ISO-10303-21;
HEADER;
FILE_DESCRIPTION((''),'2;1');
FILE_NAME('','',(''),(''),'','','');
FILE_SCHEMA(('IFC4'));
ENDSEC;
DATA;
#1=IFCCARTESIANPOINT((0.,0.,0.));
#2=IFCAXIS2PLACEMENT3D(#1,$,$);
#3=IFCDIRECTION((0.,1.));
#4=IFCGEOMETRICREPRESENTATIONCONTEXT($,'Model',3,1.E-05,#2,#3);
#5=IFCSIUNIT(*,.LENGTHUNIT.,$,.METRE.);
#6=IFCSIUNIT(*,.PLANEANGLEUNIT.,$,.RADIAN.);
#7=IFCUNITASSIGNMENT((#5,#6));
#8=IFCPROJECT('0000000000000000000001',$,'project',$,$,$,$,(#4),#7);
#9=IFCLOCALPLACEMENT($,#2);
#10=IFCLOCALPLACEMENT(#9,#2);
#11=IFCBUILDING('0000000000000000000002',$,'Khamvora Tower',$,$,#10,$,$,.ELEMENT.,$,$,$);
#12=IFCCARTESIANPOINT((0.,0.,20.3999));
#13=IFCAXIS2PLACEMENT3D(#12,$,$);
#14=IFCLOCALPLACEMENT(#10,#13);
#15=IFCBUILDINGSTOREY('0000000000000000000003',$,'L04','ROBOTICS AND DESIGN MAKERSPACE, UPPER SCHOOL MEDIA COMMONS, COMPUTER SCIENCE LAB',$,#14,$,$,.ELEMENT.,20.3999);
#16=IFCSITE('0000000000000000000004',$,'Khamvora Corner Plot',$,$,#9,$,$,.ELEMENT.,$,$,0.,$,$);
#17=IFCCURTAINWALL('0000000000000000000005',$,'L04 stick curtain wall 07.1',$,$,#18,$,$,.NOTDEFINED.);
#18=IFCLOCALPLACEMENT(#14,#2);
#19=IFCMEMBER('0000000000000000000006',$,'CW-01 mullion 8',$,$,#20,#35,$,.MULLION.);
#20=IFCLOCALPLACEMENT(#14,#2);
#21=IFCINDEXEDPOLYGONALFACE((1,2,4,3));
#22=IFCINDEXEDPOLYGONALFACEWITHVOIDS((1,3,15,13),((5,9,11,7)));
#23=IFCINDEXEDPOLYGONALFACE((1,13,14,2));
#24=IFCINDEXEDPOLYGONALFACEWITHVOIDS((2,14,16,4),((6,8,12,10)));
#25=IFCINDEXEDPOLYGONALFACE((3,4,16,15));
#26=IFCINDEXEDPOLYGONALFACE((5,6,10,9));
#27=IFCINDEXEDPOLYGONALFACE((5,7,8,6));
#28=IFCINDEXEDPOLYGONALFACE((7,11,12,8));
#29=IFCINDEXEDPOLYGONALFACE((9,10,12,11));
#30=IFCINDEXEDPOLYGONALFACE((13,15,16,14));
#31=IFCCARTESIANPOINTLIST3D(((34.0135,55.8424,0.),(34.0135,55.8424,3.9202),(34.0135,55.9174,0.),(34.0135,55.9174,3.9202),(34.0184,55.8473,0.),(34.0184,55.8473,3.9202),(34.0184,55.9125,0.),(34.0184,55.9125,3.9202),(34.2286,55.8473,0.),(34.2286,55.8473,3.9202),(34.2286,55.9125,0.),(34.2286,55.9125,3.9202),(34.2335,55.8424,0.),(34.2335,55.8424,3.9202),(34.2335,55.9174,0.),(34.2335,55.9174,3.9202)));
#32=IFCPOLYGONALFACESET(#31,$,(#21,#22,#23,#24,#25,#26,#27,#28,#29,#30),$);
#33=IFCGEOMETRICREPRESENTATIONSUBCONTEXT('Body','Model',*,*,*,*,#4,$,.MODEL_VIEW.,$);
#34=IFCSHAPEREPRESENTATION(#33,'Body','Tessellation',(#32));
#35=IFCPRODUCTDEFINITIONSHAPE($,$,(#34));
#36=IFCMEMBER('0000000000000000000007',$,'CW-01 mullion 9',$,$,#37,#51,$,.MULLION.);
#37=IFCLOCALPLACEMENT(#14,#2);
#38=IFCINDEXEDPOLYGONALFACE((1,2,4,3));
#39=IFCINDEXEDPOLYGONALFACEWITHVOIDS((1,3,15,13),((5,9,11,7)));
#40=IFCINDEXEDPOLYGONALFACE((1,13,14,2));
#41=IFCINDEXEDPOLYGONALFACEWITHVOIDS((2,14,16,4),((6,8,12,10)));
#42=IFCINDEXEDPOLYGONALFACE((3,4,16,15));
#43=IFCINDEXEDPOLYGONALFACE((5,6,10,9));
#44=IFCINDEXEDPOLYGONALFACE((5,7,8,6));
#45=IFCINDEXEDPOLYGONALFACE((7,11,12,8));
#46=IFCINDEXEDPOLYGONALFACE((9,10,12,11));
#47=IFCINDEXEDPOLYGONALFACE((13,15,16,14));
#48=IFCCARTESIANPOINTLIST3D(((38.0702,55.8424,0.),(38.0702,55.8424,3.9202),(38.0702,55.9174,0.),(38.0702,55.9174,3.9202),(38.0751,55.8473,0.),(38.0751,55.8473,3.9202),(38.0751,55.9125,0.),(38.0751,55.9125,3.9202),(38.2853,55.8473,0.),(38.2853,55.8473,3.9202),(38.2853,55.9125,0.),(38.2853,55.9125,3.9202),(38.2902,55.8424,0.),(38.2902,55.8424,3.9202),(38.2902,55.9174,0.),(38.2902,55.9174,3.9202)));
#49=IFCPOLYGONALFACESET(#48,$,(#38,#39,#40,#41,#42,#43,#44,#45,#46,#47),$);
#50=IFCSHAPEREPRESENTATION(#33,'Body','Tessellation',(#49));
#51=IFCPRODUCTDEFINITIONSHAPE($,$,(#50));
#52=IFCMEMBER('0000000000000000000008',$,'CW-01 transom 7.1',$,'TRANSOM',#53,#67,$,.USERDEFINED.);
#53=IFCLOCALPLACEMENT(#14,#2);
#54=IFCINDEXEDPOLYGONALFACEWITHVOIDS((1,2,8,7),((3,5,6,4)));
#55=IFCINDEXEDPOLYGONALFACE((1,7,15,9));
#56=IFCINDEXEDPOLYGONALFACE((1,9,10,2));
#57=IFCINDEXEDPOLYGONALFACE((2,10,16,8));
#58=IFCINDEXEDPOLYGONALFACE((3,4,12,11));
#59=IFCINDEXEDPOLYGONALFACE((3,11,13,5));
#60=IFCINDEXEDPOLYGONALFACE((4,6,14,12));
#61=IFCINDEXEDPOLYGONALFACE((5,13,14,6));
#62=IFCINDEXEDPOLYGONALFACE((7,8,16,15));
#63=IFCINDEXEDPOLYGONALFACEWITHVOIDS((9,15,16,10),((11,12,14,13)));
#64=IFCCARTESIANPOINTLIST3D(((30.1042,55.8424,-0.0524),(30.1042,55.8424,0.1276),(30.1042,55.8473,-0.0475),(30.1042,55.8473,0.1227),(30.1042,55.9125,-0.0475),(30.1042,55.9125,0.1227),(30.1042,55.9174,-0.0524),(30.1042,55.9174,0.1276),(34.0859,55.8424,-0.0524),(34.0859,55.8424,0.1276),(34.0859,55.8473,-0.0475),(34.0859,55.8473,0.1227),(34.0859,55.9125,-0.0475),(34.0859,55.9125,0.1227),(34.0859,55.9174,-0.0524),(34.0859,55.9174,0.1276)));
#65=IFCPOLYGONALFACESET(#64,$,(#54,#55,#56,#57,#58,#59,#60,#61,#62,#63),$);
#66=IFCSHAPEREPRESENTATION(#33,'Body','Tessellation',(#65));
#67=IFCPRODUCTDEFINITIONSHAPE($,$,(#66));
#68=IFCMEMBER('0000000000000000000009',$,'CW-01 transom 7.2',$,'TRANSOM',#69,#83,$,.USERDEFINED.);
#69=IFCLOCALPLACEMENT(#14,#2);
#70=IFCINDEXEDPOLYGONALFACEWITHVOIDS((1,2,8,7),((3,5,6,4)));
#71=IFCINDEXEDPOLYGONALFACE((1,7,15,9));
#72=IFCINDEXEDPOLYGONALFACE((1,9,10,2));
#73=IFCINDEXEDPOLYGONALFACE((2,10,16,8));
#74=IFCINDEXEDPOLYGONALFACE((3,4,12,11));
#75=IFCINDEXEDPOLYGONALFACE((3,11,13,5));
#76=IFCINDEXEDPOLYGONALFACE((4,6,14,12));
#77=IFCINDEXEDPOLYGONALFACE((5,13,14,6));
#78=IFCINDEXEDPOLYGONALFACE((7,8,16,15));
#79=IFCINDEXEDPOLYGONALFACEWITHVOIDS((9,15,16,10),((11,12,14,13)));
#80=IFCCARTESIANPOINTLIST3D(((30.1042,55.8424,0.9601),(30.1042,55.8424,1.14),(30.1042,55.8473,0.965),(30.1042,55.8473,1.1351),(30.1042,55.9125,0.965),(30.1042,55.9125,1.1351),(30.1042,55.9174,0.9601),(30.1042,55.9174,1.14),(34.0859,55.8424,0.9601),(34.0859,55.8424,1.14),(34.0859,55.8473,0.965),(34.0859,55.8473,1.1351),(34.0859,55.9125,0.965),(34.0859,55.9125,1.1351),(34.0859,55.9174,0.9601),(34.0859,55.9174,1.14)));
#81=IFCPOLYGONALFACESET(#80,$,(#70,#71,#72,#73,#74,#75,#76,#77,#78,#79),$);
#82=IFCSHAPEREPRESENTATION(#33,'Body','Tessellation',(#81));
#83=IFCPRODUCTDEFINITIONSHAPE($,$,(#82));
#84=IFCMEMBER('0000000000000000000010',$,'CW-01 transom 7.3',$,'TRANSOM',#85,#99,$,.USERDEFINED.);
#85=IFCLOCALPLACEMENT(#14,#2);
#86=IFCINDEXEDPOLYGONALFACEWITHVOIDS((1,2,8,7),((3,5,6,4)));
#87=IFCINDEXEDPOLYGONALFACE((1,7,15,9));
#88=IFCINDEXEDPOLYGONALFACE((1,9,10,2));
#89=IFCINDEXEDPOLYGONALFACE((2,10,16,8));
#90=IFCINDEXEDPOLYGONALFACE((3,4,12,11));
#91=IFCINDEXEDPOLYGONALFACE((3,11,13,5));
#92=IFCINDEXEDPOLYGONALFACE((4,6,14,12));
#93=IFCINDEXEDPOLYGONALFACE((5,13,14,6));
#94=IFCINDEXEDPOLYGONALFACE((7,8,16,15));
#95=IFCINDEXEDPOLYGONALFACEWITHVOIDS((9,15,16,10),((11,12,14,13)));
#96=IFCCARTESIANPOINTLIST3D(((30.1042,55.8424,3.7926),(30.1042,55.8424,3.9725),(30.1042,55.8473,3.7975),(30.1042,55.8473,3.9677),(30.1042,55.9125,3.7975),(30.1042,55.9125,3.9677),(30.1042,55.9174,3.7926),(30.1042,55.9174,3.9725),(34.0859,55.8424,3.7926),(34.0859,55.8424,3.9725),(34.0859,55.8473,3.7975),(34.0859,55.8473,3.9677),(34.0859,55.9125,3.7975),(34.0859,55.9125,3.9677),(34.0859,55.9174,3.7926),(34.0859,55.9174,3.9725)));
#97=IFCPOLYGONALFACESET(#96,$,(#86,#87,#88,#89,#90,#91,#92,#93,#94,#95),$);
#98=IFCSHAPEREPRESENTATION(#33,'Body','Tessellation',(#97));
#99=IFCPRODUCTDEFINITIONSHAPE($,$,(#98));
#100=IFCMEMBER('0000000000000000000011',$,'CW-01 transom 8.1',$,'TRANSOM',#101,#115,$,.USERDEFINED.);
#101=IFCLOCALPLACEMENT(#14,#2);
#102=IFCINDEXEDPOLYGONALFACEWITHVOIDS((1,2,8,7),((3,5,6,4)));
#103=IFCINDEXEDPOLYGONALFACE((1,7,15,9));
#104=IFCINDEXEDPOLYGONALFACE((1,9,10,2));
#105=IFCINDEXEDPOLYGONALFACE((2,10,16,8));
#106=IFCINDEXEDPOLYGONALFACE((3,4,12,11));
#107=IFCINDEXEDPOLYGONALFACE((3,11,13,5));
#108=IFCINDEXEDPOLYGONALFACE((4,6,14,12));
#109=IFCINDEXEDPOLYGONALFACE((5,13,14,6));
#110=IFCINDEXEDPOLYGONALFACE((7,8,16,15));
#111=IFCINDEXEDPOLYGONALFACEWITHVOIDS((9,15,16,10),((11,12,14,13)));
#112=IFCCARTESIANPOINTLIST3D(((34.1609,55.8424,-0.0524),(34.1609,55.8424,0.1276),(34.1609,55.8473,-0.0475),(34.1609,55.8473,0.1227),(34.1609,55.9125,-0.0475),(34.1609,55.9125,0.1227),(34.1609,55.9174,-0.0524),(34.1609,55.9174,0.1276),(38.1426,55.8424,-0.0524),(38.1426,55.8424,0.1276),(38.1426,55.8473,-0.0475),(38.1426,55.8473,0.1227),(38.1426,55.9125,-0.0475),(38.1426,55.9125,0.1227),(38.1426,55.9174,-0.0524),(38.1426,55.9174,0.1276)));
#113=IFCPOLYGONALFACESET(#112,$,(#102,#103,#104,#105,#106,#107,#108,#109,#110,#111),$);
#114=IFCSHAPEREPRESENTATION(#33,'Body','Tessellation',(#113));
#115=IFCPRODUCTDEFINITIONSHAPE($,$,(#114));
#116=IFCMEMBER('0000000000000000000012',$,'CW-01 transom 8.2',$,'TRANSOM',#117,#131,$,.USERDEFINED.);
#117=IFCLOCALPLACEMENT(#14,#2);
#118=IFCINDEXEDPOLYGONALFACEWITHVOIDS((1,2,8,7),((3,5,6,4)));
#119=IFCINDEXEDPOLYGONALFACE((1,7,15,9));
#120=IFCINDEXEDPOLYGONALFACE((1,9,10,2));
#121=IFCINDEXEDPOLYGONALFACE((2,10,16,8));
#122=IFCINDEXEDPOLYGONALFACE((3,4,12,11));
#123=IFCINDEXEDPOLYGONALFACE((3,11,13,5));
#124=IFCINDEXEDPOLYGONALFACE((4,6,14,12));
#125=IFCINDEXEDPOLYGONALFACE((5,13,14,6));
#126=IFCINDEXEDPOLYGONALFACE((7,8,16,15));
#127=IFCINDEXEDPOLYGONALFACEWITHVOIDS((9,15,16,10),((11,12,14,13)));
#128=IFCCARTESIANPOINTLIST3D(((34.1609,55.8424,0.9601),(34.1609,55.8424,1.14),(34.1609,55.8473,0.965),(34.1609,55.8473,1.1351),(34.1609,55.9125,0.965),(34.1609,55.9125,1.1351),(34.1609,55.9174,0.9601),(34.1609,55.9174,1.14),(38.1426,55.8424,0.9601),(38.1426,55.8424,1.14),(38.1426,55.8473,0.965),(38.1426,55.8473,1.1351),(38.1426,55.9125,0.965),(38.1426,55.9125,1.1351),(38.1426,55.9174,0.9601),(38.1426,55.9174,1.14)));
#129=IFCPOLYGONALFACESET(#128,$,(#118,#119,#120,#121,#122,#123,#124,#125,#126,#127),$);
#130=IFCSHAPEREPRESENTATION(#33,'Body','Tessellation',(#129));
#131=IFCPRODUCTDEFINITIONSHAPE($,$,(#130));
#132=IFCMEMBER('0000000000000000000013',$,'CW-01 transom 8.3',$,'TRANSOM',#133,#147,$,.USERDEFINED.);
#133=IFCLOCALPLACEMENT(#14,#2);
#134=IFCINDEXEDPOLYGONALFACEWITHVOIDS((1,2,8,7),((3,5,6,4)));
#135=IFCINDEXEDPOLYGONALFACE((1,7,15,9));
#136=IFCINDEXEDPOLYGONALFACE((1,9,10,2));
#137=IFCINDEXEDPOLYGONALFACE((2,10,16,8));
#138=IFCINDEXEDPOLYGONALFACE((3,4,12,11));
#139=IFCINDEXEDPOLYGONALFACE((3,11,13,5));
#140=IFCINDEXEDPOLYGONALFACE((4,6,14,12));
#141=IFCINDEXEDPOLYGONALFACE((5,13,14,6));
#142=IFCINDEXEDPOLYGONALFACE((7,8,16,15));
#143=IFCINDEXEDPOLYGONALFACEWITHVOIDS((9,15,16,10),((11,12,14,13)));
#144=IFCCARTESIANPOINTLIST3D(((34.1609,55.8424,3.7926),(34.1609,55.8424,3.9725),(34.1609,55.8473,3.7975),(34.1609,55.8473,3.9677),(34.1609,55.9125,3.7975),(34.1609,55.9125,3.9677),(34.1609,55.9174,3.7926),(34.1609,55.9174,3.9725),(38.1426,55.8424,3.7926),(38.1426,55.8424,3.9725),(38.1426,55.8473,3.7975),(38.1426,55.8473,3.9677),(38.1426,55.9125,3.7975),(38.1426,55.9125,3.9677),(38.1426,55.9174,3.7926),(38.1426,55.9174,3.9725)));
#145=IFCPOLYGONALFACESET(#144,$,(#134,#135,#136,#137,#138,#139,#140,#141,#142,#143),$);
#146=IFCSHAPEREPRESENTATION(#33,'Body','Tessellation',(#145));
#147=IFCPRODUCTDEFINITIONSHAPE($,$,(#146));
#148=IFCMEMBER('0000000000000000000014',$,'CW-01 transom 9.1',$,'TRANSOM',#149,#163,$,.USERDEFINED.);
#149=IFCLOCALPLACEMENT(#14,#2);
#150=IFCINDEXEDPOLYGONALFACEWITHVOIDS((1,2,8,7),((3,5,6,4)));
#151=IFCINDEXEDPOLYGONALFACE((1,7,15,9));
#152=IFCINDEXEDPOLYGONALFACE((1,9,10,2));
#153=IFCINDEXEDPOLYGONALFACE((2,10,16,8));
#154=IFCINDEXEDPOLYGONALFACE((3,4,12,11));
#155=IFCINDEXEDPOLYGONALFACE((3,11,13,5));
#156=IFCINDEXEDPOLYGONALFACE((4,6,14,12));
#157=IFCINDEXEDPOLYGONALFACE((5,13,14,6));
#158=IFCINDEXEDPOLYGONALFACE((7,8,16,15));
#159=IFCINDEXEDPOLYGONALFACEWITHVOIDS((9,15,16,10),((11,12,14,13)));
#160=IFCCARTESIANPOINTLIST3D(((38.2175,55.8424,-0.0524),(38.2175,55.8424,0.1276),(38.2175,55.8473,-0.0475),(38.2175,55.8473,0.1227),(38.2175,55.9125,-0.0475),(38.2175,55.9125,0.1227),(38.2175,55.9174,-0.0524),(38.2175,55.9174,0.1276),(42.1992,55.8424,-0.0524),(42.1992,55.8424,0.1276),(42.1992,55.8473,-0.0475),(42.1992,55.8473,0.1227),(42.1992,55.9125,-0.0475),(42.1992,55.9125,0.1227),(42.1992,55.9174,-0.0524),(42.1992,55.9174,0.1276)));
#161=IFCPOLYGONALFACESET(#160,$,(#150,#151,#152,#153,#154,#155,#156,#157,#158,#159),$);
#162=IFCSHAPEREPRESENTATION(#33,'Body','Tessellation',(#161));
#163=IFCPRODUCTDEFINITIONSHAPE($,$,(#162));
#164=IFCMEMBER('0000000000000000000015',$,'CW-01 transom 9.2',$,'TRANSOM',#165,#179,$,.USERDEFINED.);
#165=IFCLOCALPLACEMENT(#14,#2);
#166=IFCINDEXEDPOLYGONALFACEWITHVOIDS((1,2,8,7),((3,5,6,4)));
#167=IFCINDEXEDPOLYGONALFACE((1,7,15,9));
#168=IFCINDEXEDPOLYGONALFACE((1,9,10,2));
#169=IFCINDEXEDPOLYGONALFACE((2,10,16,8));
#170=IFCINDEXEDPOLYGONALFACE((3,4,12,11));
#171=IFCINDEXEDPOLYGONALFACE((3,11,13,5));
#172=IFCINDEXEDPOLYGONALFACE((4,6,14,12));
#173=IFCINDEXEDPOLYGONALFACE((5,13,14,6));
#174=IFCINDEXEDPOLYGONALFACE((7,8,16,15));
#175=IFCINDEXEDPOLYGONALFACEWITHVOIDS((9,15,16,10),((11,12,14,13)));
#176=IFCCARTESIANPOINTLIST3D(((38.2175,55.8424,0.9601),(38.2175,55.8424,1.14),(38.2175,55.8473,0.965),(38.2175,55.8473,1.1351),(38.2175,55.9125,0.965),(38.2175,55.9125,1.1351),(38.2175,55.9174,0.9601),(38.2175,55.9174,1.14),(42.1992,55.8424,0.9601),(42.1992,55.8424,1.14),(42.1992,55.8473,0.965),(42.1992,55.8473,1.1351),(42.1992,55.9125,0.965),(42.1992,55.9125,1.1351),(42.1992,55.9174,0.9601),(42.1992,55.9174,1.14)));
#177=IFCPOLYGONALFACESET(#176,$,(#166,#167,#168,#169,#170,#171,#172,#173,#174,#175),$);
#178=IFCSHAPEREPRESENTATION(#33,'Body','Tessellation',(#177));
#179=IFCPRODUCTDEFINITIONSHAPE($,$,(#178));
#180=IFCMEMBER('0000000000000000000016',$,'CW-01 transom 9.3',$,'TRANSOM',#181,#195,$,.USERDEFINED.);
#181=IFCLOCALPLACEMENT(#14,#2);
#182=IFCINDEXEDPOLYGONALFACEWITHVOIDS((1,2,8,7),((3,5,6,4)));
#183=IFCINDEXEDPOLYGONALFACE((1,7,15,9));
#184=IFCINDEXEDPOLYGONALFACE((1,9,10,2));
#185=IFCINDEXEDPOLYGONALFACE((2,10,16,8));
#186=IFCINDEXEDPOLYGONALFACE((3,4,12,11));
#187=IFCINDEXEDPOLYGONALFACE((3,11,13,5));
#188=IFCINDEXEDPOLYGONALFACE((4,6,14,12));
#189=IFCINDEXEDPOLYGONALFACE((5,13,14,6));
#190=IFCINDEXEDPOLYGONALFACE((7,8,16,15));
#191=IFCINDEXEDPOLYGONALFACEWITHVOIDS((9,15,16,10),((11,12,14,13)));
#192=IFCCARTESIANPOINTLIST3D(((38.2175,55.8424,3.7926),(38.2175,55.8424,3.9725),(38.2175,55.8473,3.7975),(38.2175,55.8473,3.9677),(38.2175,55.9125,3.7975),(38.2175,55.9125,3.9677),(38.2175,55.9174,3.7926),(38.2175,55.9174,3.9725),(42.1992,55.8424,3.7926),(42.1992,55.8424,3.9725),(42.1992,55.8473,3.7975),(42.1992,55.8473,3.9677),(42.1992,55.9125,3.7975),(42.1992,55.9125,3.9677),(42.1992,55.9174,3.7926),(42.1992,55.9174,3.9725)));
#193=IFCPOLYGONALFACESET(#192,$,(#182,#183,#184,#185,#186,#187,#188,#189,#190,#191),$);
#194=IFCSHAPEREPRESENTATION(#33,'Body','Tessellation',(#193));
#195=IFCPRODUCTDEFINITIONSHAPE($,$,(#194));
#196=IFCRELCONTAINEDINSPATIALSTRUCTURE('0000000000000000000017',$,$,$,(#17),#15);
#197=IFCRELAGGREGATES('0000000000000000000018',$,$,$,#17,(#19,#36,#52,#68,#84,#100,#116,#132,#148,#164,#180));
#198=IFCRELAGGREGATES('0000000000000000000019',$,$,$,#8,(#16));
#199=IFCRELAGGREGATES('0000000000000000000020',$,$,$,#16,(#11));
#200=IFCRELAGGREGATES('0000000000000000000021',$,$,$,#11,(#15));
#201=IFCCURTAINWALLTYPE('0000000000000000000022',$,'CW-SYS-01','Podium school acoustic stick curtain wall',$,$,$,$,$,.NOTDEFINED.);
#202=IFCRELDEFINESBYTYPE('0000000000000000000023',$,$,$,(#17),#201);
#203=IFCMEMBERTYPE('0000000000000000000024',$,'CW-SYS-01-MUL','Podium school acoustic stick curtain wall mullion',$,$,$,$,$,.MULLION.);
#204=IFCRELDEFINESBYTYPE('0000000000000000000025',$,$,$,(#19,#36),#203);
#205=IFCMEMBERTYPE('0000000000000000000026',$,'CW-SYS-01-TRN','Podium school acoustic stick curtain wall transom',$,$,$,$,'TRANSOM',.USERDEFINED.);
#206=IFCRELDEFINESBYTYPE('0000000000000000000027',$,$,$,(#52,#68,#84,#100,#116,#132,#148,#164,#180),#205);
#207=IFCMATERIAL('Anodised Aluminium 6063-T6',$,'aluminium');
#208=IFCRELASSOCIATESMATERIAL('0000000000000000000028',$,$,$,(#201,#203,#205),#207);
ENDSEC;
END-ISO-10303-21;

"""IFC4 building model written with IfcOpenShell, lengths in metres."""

from ifc_helpers import new_model, si_unit, direction, frame, origin, origin_2d, place, context, subcontext, project, spatial, hollow_rectangle, extrude, material, material_profile, profile_set, type_object, element, aggregate, save


model = new_model("IFC4")

# Units and contexts
model_context = context("Model", 3, precision=1e-05, world=origin(), true_north=direction((0.0, 1.0)))
body_context = subcontext(model_context, "Body", "Model", "MODEL_VIEW")
ifc_project = project(units=[si_unit("LENGTHUNIT", "METRE"), si_unit("PLANEANGLEUNIT", "RADIAN")], contexts=[model_context])

# Site, building, storey
site_placement = place(None, origin())
site = spatial("IfcSite", under=ifc_project, at=site_placement, Name="Khamvora Corner Plot", CompositionType="ELEMENT", RefElevation=0.0)
building_placement = place(site_placement, origin())
building = spatial("IfcBuilding", under=site, at=building_placement, Name="Khamvora Tower", CompositionType="ELEMENT")
storey_placement = place(building_placement, frame((0.0, 0.0, 20.3999)))
storey = spatial("IfcBuildingStorey", under=building, at=storey_placement, Name="L04", Description="ROBOTICS AND DESIGN MAKERSPACE, UPPER SCHOOL MEDIA COMMONS, COMPUTER SCIENCE LAB", CompositionType="ELEMENT", Elevation=20.3999)

# Curtain wall, members
ifc_material_1 = material(Name="Anodised Aluminium 6063-T6", Category="aluminium")
curtain_wall_type = type_object("IfcCurtainWallType", Name="CW-SYS-01", Description="Podium school acoustic stick curtain wall", PredefinedType="NOTDEFINED", material=ifc_material_1)
curtain_wall_placement = place(storey_placement, origin())
curtain_wall = element("IfcCurtainWall", 1, at=curtain_wall_placement, inside=storey, type_object=curtain_wall_type, Name="L04 stick curtain wall 07.1", PredefinedType="NOTDEFINED")
ifc_material_profile_1 = material_profile(ifc_material_1, hollow_rectangle(XDim=0.075, YDim=0.22, WallThickness=0.0049, at=origin_2d()), Name="MUL75x220x5")
ifc_profile_set_1 = profile_set([ifc_material_profile_1], Name="Anodised Aluminium 6063-T6")
member_type_1 = type_object("IfcMemberType", Name="CW-SYS-01-MUL", Description="Podium school acoustic stick curtain wall mullion", PredefinedType="MULLION", material=ifc_profile_set_1)
member_1_placement = place(storey_placement, frame((34.1235, 55.8799, 0.0), z_axis=(0.0, 0.0, 1.0), x_axis=(0.0, 1.0, 0.0)))
member_1 = element("IfcMember", 2, at=member_1_placement, type_object=member_type_1, Name="CW-01 mullion 8", PredefinedType="MULLION", context=body_context, shape_type="SweptSolid", body=[
    extrude(hollow_rectangle(XDim=0.075, YDim=0.22, WallThickness=0.0049, at=origin_2d()), origin(), (0.0, 0.0, 1.0), 3.9202),
])
member_2_placement = place(storey_placement, frame((38.1802, 55.8799, 0.0), z_axis=(0.0, 0.0, 1.0), x_axis=(0.0, 1.0, 0.0)))
member_2 = element("IfcMember", 3, at=member_2_placement, type_object=member_type_1, Name="CW-01 mullion 9", PredefinedType="MULLION", context=body_context, shape_type="SweptSolid", body=[
    extrude(hollow_rectangle(XDim=0.075, YDim=0.22, WallThickness=0.0049, at=origin_2d()), origin(), (0.0, 0.0, 1.0), 3.9202),
])
ifc_material_profile_2 = material_profile(ifc_material_1, hollow_rectangle(XDim=0.075, YDim=0.1799, WallThickness=0.0049, at=origin_2d()), Name="TRN75x180x5")
ifc_profile_set_2 = profile_set([ifc_material_profile_2], Name="Anodised Aluminium 6063-T6")
member_type_2 = type_object("IfcMemberType", Name="CW-SYS-01-TRN", Description="Podium school acoustic stick curtain wall transom", ElementType="TRANSOM", PredefinedType="USERDEFINED", material=ifc_profile_set_2)
member_3_placement = place(storey_placement, frame((30.1042, 55.8799, 0.0376), z_axis=(1.0, 0.0, 0.0), x_axis=(0.0, 1.0, 0.0)))
member_3 = element("IfcMember", 4, at=member_3_placement, type_object=member_type_2, Name="CW-01 transom 7.1", ObjectType="TRANSOM", PredefinedType="USERDEFINED", context=body_context, shape_type="SweptSolid", body=[
    extrude(hollow_rectangle(XDim=0.075, YDim=0.1799, WallThickness=0.0049, at=origin_2d()), origin(), (0.0, 0.0, 1.0), 3.9817),
])
member_4_placement = place(storey_placement, frame((30.1042, 55.8799, 1.05), z_axis=(1.0, 0.0, 0.0), x_axis=(0.0, 1.0, 0.0)))
member_4 = element("IfcMember", 5, at=member_4_placement, type_object=member_type_2, Name="CW-01 transom 7.2", ObjectType="TRANSOM", PredefinedType="USERDEFINED", context=body_context, shape_type="SweptSolid", body=[
    extrude(hollow_rectangle(XDim=0.075, YDim=0.1799, WallThickness=0.0049, at=origin_2d()), origin(), (0.0, 0.0, 1.0), 3.9817),
])
member_5_placement = place(storey_placement, frame((30.1042, 55.8799, 3.8826), z_axis=(1.0, 0.0, 0.0), x_axis=(0.0, 1.0, 0.0)))
member_5 = element("IfcMember", 6, at=member_5_placement, type_object=member_type_2, Name="CW-01 transom 7.3", ObjectType="TRANSOM", PredefinedType="USERDEFINED", context=body_context, shape_type="SweptSolid", body=[
    extrude(hollow_rectangle(XDim=0.075, YDim=0.1799, WallThickness=0.0049, at=origin_2d()), origin(), (0.0, 0.0, 1.0), 3.9817),
])
member_6_placement = place(storey_placement, frame((34.1609, 55.8799, 0.0376), z_axis=(1.0, 0.0, 0.0), x_axis=(0.0, 1.0, 0.0)))
member_6 = element("IfcMember", 7, at=member_6_placement, type_object=member_type_2, Name="CW-01 transom 8.1", ObjectType="TRANSOM", PredefinedType="USERDEFINED", context=body_context, shape_type="SweptSolid", body=[
    extrude(hollow_rectangle(XDim=0.075, YDim=0.1799, WallThickness=0.0049, at=origin_2d()), origin(), (0.0, 0.0, 1.0), 3.9817),
])
member_7_placement = place(storey_placement, frame((34.1609, 55.8799, 1.05), z_axis=(1.0, 0.0, 0.0), x_axis=(0.0, 1.0, 0.0)))
member_7 = element("IfcMember", 8, at=member_7_placement, type_object=member_type_2, Name="CW-01 transom 8.2", ObjectType="TRANSOM", PredefinedType="USERDEFINED", context=body_context, shape_type="SweptSolid", body=[
    extrude(hollow_rectangle(XDim=0.075, YDim=0.1799, WallThickness=0.0049, at=origin_2d()), origin(), (0.0, 0.0, 1.0), 3.9817),
])
member_8_placement = place(storey_placement, frame((34.1609, 55.8799, 3.8826), z_axis=(1.0, 0.0, 0.0), x_axis=(0.0, 1.0, 0.0)))
member_8 = element("IfcMember", 9, at=member_8_placement, type_object=member_type_2, Name="CW-01 transom 8.3", ObjectType="TRANSOM", PredefinedType="USERDEFINED", context=body_context, shape_type="SweptSolid", body=[
    extrude(hollow_rectangle(XDim=0.075, YDim=0.1799, WallThickness=0.0049, at=origin_2d()), origin(), (0.0, 0.0, 1.0), 3.9817),
])
member_9_placement = place(storey_placement, frame((38.2175, 55.8799, 0.0376), z_axis=(1.0, 0.0, 0.0), x_axis=(0.0, 1.0, 0.0)))
member_9 = element("IfcMember", 10, at=member_9_placement, type_object=member_type_2, Name="CW-01 transom 9.1", ObjectType="TRANSOM", PredefinedType="USERDEFINED", context=body_context, shape_type="SweptSolid", body=[
    extrude(hollow_rectangle(XDim=0.075, YDim=0.1799, WallThickness=0.0049, at=origin_2d()), origin(), (0.0, 0.0, 1.0), 3.9817),
])
member_10_placement = place(storey_placement, frame((38.2175, 55.8799, 1.05), z_axis=(1.0, 0.0, 0.0), x_axis=(0.0, 1.0, 0.0)))
member_10 = element("IfcMember", 11, at=member_10_placement, type_object=member_type_2, Name="CW-01 transom 9.2", ObjectType="TRANSOM", PredefinedType="USERDEFINED", context=body_context, shape_type="SweptSolid", body=[
    extrude(hollow_rectangle(XDim=0.075, YDim=0.1799, WallThickness=0.0049, at=origin_2d()), origin(), (0.0, 0.0, 1.0), 3.9817),
])
member_11_placement = place(storey_placement, frame((38.2175, 55.8799, 3.8826), z_axis=(1.0, 0.0, 0.0), x_axis=(0.0, 1.0, 0.0)))
member_11 = element("IfcMember", 12, at=member_11_placement, type_object=member_type_2, Name="CW-01 transom 9.3", ObjectType="TRANSOM", PredefinedType="USERDEFINED", context=body_context, shape_type="SweptSolid", body=[
    extrude(hollow_rectangle(XDim=0.075, YDim=0.1799, WallThickness=0.0049, at=origin_2d()), origin(), (0.0, 0.0, 1.0), 3.9817),
])

aggregate(curtain_wall, [member_1, member_2, member_3, member_4, member_5, member_6, member_7, member_8, member_9, member_10, member_11])

save(model, "model.ifc")
